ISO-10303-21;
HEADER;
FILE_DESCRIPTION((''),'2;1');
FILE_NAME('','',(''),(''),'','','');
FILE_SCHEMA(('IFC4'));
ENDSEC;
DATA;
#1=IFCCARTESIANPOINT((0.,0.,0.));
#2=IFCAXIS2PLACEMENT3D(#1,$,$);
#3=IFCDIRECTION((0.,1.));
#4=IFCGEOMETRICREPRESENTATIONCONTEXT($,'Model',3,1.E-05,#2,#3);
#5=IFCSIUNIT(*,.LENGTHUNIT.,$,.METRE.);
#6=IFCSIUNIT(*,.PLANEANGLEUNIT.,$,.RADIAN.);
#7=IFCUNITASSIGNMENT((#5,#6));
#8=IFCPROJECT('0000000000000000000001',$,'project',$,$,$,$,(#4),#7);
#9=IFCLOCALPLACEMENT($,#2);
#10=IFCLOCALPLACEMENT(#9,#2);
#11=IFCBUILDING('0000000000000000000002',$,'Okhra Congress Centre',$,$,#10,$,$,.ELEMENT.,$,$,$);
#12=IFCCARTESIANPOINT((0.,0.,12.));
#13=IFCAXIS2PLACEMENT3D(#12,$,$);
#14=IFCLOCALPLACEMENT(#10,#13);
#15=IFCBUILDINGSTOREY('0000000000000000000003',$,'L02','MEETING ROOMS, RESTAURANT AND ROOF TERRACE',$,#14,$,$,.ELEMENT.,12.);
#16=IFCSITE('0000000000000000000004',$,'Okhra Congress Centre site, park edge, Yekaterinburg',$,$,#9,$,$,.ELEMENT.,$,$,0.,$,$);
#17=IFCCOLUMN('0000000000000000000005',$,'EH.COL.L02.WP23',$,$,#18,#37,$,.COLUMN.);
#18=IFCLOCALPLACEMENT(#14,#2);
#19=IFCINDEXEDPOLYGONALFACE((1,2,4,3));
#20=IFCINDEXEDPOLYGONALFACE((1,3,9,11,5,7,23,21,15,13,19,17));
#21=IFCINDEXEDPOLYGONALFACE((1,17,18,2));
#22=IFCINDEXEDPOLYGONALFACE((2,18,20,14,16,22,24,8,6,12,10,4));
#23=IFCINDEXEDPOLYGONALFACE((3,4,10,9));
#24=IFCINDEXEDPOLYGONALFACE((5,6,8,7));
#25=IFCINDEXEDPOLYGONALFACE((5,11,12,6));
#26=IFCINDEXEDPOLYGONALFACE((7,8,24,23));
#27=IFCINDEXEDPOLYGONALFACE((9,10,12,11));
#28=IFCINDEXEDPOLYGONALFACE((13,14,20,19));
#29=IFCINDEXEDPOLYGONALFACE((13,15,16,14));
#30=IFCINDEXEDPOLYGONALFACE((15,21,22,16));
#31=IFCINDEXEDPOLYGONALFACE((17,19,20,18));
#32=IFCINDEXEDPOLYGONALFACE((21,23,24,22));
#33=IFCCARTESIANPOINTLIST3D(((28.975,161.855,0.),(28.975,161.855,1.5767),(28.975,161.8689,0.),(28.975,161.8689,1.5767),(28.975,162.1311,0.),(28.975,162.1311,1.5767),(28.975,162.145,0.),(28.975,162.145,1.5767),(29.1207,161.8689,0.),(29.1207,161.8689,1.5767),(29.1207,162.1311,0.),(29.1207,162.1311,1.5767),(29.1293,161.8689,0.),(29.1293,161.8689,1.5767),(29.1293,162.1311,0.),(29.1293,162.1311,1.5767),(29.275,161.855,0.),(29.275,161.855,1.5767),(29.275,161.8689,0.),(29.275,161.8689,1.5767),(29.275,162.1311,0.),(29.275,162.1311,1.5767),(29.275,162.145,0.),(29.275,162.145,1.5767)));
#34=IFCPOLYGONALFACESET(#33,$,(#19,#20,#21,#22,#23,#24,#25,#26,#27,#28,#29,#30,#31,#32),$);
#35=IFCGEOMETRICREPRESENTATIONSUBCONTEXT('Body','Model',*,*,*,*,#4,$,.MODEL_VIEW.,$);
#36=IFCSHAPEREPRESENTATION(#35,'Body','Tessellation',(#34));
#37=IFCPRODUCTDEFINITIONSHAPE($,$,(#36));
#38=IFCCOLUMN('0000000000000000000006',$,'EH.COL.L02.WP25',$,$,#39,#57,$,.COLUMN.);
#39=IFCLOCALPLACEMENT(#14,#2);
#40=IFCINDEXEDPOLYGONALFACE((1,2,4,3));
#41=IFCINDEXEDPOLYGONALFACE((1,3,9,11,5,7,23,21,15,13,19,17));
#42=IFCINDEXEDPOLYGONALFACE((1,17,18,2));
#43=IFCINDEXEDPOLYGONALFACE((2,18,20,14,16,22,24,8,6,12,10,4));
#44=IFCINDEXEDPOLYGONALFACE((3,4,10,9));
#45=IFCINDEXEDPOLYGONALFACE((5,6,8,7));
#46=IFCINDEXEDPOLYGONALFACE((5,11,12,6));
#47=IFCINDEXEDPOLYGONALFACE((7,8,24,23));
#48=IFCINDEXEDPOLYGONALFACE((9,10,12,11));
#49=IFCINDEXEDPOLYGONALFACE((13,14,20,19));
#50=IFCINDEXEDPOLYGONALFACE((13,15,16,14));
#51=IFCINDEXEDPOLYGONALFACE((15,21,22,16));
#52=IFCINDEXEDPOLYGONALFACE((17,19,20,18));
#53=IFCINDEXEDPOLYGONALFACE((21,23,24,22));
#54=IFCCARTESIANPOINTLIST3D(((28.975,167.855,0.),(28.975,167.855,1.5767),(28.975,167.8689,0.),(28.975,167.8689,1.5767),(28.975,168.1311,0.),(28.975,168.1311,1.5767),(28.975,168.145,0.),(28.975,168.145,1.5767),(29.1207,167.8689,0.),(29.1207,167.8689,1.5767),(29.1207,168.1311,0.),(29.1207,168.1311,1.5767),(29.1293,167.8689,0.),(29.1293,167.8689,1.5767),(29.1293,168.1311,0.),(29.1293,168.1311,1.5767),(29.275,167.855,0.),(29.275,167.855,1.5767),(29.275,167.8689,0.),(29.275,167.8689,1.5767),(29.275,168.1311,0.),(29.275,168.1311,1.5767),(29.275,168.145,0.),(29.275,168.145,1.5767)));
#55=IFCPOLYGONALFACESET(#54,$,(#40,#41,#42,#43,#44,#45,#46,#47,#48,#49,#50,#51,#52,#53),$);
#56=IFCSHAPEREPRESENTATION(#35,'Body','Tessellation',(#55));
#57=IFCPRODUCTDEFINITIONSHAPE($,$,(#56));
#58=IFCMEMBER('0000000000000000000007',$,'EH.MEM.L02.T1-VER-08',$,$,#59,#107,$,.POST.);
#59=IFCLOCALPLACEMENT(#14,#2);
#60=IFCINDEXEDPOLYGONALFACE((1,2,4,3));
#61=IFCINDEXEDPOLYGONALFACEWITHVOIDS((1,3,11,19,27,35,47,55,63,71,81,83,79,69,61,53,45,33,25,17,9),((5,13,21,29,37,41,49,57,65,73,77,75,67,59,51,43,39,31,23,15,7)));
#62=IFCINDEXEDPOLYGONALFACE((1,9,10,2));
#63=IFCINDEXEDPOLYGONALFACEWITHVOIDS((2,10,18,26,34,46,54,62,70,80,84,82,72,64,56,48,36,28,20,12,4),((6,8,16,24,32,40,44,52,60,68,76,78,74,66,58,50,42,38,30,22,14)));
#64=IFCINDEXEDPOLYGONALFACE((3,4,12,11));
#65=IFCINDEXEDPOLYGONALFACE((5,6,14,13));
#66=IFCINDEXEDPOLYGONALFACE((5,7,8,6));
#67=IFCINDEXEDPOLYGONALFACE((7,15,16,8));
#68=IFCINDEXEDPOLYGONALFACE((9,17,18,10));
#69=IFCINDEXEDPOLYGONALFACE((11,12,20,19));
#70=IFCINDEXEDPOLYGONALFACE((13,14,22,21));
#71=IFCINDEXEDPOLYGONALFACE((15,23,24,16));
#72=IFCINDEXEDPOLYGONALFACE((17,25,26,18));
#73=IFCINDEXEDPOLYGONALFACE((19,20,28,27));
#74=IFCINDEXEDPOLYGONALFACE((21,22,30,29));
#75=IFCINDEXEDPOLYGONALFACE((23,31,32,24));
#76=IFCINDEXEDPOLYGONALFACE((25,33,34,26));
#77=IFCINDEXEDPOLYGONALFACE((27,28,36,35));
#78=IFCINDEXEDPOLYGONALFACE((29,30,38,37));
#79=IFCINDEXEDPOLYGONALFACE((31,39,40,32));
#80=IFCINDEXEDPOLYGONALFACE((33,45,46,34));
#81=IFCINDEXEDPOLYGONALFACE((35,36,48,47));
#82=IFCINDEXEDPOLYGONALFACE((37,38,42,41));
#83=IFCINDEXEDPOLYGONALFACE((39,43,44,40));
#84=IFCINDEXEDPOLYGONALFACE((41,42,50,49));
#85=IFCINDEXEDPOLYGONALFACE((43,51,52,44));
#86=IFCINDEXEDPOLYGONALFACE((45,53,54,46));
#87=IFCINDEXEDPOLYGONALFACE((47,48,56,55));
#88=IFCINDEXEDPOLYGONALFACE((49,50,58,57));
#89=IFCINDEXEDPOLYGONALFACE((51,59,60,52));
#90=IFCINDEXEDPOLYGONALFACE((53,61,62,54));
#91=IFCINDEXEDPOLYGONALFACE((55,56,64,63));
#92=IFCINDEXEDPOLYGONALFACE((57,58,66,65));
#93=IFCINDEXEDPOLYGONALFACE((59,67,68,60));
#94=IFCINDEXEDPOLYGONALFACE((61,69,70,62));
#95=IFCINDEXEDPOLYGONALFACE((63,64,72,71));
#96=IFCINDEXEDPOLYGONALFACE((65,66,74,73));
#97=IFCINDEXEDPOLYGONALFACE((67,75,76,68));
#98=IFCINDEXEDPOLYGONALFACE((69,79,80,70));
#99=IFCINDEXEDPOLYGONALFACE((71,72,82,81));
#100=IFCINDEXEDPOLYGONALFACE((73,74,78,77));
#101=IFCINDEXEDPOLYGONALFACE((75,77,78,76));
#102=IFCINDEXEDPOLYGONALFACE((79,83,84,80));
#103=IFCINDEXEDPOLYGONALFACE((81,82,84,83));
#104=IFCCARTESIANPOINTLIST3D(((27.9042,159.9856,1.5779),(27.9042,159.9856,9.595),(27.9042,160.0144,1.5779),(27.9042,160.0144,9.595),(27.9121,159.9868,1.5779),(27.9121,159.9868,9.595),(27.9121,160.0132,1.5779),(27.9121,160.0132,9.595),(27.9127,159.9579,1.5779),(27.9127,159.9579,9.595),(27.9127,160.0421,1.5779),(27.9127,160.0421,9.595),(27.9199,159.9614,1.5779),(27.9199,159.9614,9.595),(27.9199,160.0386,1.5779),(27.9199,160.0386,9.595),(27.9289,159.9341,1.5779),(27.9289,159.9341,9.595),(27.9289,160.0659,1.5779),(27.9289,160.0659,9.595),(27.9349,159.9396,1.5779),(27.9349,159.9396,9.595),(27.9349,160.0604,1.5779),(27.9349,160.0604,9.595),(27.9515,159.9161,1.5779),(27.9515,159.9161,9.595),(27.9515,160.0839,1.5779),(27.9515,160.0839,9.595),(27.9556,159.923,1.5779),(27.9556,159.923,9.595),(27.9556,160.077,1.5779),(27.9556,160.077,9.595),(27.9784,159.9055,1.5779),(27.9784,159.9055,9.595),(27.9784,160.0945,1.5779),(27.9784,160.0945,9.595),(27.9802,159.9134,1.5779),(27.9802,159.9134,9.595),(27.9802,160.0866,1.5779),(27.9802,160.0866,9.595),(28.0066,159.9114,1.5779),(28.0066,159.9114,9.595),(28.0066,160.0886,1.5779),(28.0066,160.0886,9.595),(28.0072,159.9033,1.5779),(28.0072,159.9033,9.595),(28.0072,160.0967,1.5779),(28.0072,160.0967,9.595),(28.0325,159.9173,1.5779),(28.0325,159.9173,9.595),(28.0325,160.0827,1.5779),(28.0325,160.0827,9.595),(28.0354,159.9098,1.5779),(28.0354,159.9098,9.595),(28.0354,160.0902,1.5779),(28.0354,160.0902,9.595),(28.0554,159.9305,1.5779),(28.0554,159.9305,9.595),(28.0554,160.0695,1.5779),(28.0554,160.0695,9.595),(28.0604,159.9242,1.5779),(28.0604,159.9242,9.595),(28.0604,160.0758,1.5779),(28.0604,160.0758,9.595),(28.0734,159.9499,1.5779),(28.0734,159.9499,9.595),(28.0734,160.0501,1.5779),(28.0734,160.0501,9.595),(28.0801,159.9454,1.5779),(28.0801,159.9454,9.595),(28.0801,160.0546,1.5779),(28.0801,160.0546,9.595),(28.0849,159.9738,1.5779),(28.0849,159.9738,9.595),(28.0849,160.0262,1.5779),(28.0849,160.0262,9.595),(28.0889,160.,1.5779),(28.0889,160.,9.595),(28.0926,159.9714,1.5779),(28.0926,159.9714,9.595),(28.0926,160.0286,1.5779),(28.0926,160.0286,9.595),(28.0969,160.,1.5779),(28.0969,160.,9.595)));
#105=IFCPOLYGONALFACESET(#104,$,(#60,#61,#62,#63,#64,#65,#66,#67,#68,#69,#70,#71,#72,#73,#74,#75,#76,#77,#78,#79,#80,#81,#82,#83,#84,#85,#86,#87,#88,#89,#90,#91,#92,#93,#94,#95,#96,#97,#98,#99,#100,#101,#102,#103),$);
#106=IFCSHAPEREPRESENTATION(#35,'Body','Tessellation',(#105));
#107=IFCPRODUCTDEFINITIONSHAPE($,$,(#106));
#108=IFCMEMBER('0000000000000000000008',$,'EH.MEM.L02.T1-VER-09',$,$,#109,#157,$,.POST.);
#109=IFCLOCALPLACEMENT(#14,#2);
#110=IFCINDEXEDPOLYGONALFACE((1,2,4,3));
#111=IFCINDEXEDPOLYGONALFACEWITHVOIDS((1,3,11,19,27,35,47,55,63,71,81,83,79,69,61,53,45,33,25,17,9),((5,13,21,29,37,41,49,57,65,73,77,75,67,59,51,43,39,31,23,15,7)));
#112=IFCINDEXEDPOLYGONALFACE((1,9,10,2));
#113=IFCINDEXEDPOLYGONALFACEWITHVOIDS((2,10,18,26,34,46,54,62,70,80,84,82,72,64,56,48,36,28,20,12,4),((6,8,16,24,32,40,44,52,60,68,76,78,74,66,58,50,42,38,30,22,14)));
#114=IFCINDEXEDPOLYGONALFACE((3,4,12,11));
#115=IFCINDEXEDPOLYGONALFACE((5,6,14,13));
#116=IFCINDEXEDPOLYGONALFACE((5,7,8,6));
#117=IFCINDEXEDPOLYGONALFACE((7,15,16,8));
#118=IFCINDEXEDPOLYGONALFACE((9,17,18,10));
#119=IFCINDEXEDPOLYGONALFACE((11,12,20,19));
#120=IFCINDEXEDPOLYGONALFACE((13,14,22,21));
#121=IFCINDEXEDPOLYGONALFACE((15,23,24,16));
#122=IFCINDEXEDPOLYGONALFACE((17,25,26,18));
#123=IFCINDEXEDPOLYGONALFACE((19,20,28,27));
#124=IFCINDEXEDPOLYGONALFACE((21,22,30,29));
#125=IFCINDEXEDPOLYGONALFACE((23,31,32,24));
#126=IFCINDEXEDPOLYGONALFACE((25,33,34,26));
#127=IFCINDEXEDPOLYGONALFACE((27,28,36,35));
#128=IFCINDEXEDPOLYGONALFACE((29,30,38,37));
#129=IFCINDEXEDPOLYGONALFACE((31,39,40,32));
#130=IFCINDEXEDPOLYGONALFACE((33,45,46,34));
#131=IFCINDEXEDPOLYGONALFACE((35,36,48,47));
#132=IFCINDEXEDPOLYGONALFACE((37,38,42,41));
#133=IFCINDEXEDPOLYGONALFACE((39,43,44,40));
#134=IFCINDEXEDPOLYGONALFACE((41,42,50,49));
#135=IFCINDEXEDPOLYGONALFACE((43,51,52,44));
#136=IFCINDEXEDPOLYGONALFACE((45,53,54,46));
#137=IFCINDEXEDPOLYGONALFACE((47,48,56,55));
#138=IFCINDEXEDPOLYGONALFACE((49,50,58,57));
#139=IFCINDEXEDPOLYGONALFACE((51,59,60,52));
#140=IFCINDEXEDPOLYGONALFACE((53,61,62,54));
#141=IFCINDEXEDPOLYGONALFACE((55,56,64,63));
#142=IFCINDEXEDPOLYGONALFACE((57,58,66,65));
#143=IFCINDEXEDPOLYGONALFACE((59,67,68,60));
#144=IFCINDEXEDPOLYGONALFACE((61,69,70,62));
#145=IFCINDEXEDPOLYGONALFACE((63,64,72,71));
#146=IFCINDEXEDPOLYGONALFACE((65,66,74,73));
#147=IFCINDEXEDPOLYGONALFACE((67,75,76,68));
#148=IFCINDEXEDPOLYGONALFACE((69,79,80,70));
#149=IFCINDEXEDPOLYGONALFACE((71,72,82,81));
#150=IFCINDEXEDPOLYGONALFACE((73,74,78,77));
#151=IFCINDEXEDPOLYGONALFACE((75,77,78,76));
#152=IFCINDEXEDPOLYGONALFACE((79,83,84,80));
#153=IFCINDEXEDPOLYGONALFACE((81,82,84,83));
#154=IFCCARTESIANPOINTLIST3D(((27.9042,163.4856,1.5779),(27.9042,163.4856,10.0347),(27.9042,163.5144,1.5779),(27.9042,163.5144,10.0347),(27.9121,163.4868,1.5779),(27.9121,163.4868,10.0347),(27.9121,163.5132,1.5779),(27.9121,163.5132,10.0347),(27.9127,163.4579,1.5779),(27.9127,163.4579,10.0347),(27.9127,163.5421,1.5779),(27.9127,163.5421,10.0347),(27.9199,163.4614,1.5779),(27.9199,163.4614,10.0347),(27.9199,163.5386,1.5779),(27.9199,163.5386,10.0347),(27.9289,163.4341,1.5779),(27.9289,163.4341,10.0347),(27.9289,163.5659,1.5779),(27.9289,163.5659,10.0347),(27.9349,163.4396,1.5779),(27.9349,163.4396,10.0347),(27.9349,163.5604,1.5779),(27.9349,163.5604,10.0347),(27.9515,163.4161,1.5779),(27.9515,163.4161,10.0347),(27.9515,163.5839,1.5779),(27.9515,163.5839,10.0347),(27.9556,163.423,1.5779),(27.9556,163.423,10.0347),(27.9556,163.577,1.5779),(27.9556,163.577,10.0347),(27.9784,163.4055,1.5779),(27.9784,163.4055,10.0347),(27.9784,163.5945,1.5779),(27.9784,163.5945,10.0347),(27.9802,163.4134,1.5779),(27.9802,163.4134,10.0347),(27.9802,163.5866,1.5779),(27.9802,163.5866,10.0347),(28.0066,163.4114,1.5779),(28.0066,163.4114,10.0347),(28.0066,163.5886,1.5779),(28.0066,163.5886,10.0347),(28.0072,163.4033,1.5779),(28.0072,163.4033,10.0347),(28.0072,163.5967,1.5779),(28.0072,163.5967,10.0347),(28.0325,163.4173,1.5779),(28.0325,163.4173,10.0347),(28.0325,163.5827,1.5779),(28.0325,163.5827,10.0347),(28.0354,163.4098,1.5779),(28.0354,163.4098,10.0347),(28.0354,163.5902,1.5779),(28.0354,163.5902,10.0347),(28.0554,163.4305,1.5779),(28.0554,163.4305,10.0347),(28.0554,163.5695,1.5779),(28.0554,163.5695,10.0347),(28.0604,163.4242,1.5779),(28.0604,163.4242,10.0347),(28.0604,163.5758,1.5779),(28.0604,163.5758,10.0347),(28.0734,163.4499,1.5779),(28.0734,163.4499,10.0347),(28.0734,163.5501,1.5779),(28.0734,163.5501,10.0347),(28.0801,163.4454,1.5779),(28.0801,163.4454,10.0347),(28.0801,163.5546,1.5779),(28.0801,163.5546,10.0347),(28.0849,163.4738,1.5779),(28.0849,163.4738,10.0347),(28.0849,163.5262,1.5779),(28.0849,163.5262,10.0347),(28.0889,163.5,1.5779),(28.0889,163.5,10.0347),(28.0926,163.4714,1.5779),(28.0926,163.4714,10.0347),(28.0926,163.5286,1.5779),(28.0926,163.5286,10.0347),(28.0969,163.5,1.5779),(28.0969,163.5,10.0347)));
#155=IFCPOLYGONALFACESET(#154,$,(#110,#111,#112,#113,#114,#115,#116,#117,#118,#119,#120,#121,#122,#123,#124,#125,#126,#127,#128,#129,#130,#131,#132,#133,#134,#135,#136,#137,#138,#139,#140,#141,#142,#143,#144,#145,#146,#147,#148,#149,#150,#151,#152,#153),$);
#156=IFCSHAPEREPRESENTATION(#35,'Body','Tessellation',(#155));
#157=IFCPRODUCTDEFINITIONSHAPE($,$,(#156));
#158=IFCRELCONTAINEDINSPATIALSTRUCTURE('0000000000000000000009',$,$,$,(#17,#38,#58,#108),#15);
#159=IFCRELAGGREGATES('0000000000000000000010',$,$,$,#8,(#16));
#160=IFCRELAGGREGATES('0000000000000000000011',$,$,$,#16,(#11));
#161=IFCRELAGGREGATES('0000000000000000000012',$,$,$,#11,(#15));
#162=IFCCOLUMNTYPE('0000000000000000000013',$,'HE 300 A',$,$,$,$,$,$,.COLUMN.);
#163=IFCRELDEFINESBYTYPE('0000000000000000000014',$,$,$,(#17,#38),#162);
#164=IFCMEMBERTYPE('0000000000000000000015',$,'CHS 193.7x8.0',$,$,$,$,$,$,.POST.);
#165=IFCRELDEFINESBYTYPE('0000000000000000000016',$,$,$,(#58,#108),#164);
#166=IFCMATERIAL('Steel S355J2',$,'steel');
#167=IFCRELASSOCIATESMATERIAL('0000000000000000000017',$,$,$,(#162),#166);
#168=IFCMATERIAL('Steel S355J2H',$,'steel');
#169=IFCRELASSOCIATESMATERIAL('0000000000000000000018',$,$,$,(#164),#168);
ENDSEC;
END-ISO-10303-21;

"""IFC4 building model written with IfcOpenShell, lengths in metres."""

from ifc_helpers import new_model, si_unit, direction, frame, origin, origin_2d, place, context, subcontext, project, spatial, hollow_circle, i_section, extrude, material, material_profile, profile_set, type_object, element, save


model = new_model("IFC4")

# Units and contexts
model_context = context("Model", 3, precision=1e-05, world=origin(), true_north=direction((0.0, 1.0)))
body_context = subcontext(model_context, "Body", "Model", "MODEL_VIEW")
ifc_project = project(units=[si_unit("LENGTHUNIT", "METRE"), si_unit("PLANEANGLEUNIT", "RADIAN")], contexts=[model_context])

# Site, building, storey
site_placement = place(None, origin())
site = spatial("IfcSite", under=ifc_project, at=site_placement, Name="Okhra Congress Centre site, park edge, Yekaterinburg", CompositionType="ELEMENT", RefElevation=0.0)
building_placement = place(site_placement, origin())
building = spatial("IfcBuilding", under=site, at=building_placement, Name="Okhra Congress Centre", CompositionType="ELEMENT")
storey_placement = place(building_placement, frame((0.0, 0.0, 12.0)))
storey = spatial("IfcBuildingStorey", under=building, at=storey_placement, Name="L02", Description="MEETING ROOMS, RESTAURANT AND ROOF TERRACE", CompositionType="ELEMENT", Elevation=12.0)

# Columns
ifc_material_1 = material(Name="Steel S355J2", Category="steel")
ifc_material_profile_1 = material_profile(ifc_material_1, i_section(OverallWidth=0.3, OverallDepth=0.29, WebThickness=0.0085, FlangeThickness=0.0139, at=origin_2d()), Name="HE 300 A")
ifc_profile_set_1 = profile_set([ifc_material_profile_1], Name="Steel S355J2")
column_type = type_object("IfcColumnType", Name="HE 300 A", PredefinedType="COLUMN", material=ifc_profile_set_1)
for number, where, z_axis, x_axis, name in (
    (1, (29.125, 162.0, 0.0), (0.0, 0.0, 1.0), (1.0, 0.0, 0.0), "EH.COL.L02.WP23"),
    (2, (29.125, 168.0, 0.0), (0.0, 0.0, 1.0), (1.0, 0.0, 0.0), "EH.COL.L02.WP25"),
):
    element("IfcColumn", number, at=place(storey_placement, frame(where, z_axis=z_axis, x_axis=x_axis)), inside=storey, type_object=column_type, Name=name, PredefinedType="COLUMN", context=body_context, shape_type="SweptSolid", body=[
        extrude(i_section(OverallWidth=0.3, OverallDepth=0.29, WebThickness=0.0085, FlangeThickness=0.0139, at=origin_2d()), origin(), (0.0, 0.0, 1.0), 1.5767),
    ])

# Members
ifc_material_2 = material(Name="Steel S355J2H", Category="steel")
ifc_material_profile_2 = material_profile(ifc_material_2, hollow_circle(Radius=0.0969, WallThickness=0.0081, at=origin_2d()), Name="CHS 193.7x8.0")
ifc_profile_set_2 = profile_set([ifc_material_profile_2], Name="Steel S355J2H")
member_type_1 = type_object("IfcMemberType", Name="CHS 193.7x8.0", PredefinedType="POST", material=ifc_profile_set_2)
member_1_placement = place(storey_placement, frame((28.0, 160.0, 1.5779), z_axis=(0.0, 0.0, 1.0), x_axis=(1.0, 0.0, 0.0)))
element("IfcMember", 3, at=member_1_placement, inside=storey, type_object=member_type_1, Name="EH.MEM.L02.T1-VER-08", PredefinedType="POST", context=body_context, shape_type="SweptSolid", body=[
    extrude(hollow_circle(Radius=0.0969, WallThickness=0.0081, at=origin_2d()), origin(), (0.0, 0.0, 1.0), 8.0171),
])
member_2_placement = place(storey_placement, frame((28.0, 163.5, 1.5779), z_axis=(0.0, 0.0, 1.0), x_axis=(1.0, 0.0, 0.0)))
element("IfcMember", 4, at=member_2_placement, inside=storey, type_object=member_type_1, Name="EH.MEM.L02.T1-VER-09", PredefinedType="POST", context=body_context, shape_type="SweptSolid", body=[
    extrude(hollow_circle(Radius=0.0969, WallThickness=0.0081, at=origin_2d()), origin(), (0.0, 0.0, 1.0), 8.4568),
])

save(model, "model.ifc")
